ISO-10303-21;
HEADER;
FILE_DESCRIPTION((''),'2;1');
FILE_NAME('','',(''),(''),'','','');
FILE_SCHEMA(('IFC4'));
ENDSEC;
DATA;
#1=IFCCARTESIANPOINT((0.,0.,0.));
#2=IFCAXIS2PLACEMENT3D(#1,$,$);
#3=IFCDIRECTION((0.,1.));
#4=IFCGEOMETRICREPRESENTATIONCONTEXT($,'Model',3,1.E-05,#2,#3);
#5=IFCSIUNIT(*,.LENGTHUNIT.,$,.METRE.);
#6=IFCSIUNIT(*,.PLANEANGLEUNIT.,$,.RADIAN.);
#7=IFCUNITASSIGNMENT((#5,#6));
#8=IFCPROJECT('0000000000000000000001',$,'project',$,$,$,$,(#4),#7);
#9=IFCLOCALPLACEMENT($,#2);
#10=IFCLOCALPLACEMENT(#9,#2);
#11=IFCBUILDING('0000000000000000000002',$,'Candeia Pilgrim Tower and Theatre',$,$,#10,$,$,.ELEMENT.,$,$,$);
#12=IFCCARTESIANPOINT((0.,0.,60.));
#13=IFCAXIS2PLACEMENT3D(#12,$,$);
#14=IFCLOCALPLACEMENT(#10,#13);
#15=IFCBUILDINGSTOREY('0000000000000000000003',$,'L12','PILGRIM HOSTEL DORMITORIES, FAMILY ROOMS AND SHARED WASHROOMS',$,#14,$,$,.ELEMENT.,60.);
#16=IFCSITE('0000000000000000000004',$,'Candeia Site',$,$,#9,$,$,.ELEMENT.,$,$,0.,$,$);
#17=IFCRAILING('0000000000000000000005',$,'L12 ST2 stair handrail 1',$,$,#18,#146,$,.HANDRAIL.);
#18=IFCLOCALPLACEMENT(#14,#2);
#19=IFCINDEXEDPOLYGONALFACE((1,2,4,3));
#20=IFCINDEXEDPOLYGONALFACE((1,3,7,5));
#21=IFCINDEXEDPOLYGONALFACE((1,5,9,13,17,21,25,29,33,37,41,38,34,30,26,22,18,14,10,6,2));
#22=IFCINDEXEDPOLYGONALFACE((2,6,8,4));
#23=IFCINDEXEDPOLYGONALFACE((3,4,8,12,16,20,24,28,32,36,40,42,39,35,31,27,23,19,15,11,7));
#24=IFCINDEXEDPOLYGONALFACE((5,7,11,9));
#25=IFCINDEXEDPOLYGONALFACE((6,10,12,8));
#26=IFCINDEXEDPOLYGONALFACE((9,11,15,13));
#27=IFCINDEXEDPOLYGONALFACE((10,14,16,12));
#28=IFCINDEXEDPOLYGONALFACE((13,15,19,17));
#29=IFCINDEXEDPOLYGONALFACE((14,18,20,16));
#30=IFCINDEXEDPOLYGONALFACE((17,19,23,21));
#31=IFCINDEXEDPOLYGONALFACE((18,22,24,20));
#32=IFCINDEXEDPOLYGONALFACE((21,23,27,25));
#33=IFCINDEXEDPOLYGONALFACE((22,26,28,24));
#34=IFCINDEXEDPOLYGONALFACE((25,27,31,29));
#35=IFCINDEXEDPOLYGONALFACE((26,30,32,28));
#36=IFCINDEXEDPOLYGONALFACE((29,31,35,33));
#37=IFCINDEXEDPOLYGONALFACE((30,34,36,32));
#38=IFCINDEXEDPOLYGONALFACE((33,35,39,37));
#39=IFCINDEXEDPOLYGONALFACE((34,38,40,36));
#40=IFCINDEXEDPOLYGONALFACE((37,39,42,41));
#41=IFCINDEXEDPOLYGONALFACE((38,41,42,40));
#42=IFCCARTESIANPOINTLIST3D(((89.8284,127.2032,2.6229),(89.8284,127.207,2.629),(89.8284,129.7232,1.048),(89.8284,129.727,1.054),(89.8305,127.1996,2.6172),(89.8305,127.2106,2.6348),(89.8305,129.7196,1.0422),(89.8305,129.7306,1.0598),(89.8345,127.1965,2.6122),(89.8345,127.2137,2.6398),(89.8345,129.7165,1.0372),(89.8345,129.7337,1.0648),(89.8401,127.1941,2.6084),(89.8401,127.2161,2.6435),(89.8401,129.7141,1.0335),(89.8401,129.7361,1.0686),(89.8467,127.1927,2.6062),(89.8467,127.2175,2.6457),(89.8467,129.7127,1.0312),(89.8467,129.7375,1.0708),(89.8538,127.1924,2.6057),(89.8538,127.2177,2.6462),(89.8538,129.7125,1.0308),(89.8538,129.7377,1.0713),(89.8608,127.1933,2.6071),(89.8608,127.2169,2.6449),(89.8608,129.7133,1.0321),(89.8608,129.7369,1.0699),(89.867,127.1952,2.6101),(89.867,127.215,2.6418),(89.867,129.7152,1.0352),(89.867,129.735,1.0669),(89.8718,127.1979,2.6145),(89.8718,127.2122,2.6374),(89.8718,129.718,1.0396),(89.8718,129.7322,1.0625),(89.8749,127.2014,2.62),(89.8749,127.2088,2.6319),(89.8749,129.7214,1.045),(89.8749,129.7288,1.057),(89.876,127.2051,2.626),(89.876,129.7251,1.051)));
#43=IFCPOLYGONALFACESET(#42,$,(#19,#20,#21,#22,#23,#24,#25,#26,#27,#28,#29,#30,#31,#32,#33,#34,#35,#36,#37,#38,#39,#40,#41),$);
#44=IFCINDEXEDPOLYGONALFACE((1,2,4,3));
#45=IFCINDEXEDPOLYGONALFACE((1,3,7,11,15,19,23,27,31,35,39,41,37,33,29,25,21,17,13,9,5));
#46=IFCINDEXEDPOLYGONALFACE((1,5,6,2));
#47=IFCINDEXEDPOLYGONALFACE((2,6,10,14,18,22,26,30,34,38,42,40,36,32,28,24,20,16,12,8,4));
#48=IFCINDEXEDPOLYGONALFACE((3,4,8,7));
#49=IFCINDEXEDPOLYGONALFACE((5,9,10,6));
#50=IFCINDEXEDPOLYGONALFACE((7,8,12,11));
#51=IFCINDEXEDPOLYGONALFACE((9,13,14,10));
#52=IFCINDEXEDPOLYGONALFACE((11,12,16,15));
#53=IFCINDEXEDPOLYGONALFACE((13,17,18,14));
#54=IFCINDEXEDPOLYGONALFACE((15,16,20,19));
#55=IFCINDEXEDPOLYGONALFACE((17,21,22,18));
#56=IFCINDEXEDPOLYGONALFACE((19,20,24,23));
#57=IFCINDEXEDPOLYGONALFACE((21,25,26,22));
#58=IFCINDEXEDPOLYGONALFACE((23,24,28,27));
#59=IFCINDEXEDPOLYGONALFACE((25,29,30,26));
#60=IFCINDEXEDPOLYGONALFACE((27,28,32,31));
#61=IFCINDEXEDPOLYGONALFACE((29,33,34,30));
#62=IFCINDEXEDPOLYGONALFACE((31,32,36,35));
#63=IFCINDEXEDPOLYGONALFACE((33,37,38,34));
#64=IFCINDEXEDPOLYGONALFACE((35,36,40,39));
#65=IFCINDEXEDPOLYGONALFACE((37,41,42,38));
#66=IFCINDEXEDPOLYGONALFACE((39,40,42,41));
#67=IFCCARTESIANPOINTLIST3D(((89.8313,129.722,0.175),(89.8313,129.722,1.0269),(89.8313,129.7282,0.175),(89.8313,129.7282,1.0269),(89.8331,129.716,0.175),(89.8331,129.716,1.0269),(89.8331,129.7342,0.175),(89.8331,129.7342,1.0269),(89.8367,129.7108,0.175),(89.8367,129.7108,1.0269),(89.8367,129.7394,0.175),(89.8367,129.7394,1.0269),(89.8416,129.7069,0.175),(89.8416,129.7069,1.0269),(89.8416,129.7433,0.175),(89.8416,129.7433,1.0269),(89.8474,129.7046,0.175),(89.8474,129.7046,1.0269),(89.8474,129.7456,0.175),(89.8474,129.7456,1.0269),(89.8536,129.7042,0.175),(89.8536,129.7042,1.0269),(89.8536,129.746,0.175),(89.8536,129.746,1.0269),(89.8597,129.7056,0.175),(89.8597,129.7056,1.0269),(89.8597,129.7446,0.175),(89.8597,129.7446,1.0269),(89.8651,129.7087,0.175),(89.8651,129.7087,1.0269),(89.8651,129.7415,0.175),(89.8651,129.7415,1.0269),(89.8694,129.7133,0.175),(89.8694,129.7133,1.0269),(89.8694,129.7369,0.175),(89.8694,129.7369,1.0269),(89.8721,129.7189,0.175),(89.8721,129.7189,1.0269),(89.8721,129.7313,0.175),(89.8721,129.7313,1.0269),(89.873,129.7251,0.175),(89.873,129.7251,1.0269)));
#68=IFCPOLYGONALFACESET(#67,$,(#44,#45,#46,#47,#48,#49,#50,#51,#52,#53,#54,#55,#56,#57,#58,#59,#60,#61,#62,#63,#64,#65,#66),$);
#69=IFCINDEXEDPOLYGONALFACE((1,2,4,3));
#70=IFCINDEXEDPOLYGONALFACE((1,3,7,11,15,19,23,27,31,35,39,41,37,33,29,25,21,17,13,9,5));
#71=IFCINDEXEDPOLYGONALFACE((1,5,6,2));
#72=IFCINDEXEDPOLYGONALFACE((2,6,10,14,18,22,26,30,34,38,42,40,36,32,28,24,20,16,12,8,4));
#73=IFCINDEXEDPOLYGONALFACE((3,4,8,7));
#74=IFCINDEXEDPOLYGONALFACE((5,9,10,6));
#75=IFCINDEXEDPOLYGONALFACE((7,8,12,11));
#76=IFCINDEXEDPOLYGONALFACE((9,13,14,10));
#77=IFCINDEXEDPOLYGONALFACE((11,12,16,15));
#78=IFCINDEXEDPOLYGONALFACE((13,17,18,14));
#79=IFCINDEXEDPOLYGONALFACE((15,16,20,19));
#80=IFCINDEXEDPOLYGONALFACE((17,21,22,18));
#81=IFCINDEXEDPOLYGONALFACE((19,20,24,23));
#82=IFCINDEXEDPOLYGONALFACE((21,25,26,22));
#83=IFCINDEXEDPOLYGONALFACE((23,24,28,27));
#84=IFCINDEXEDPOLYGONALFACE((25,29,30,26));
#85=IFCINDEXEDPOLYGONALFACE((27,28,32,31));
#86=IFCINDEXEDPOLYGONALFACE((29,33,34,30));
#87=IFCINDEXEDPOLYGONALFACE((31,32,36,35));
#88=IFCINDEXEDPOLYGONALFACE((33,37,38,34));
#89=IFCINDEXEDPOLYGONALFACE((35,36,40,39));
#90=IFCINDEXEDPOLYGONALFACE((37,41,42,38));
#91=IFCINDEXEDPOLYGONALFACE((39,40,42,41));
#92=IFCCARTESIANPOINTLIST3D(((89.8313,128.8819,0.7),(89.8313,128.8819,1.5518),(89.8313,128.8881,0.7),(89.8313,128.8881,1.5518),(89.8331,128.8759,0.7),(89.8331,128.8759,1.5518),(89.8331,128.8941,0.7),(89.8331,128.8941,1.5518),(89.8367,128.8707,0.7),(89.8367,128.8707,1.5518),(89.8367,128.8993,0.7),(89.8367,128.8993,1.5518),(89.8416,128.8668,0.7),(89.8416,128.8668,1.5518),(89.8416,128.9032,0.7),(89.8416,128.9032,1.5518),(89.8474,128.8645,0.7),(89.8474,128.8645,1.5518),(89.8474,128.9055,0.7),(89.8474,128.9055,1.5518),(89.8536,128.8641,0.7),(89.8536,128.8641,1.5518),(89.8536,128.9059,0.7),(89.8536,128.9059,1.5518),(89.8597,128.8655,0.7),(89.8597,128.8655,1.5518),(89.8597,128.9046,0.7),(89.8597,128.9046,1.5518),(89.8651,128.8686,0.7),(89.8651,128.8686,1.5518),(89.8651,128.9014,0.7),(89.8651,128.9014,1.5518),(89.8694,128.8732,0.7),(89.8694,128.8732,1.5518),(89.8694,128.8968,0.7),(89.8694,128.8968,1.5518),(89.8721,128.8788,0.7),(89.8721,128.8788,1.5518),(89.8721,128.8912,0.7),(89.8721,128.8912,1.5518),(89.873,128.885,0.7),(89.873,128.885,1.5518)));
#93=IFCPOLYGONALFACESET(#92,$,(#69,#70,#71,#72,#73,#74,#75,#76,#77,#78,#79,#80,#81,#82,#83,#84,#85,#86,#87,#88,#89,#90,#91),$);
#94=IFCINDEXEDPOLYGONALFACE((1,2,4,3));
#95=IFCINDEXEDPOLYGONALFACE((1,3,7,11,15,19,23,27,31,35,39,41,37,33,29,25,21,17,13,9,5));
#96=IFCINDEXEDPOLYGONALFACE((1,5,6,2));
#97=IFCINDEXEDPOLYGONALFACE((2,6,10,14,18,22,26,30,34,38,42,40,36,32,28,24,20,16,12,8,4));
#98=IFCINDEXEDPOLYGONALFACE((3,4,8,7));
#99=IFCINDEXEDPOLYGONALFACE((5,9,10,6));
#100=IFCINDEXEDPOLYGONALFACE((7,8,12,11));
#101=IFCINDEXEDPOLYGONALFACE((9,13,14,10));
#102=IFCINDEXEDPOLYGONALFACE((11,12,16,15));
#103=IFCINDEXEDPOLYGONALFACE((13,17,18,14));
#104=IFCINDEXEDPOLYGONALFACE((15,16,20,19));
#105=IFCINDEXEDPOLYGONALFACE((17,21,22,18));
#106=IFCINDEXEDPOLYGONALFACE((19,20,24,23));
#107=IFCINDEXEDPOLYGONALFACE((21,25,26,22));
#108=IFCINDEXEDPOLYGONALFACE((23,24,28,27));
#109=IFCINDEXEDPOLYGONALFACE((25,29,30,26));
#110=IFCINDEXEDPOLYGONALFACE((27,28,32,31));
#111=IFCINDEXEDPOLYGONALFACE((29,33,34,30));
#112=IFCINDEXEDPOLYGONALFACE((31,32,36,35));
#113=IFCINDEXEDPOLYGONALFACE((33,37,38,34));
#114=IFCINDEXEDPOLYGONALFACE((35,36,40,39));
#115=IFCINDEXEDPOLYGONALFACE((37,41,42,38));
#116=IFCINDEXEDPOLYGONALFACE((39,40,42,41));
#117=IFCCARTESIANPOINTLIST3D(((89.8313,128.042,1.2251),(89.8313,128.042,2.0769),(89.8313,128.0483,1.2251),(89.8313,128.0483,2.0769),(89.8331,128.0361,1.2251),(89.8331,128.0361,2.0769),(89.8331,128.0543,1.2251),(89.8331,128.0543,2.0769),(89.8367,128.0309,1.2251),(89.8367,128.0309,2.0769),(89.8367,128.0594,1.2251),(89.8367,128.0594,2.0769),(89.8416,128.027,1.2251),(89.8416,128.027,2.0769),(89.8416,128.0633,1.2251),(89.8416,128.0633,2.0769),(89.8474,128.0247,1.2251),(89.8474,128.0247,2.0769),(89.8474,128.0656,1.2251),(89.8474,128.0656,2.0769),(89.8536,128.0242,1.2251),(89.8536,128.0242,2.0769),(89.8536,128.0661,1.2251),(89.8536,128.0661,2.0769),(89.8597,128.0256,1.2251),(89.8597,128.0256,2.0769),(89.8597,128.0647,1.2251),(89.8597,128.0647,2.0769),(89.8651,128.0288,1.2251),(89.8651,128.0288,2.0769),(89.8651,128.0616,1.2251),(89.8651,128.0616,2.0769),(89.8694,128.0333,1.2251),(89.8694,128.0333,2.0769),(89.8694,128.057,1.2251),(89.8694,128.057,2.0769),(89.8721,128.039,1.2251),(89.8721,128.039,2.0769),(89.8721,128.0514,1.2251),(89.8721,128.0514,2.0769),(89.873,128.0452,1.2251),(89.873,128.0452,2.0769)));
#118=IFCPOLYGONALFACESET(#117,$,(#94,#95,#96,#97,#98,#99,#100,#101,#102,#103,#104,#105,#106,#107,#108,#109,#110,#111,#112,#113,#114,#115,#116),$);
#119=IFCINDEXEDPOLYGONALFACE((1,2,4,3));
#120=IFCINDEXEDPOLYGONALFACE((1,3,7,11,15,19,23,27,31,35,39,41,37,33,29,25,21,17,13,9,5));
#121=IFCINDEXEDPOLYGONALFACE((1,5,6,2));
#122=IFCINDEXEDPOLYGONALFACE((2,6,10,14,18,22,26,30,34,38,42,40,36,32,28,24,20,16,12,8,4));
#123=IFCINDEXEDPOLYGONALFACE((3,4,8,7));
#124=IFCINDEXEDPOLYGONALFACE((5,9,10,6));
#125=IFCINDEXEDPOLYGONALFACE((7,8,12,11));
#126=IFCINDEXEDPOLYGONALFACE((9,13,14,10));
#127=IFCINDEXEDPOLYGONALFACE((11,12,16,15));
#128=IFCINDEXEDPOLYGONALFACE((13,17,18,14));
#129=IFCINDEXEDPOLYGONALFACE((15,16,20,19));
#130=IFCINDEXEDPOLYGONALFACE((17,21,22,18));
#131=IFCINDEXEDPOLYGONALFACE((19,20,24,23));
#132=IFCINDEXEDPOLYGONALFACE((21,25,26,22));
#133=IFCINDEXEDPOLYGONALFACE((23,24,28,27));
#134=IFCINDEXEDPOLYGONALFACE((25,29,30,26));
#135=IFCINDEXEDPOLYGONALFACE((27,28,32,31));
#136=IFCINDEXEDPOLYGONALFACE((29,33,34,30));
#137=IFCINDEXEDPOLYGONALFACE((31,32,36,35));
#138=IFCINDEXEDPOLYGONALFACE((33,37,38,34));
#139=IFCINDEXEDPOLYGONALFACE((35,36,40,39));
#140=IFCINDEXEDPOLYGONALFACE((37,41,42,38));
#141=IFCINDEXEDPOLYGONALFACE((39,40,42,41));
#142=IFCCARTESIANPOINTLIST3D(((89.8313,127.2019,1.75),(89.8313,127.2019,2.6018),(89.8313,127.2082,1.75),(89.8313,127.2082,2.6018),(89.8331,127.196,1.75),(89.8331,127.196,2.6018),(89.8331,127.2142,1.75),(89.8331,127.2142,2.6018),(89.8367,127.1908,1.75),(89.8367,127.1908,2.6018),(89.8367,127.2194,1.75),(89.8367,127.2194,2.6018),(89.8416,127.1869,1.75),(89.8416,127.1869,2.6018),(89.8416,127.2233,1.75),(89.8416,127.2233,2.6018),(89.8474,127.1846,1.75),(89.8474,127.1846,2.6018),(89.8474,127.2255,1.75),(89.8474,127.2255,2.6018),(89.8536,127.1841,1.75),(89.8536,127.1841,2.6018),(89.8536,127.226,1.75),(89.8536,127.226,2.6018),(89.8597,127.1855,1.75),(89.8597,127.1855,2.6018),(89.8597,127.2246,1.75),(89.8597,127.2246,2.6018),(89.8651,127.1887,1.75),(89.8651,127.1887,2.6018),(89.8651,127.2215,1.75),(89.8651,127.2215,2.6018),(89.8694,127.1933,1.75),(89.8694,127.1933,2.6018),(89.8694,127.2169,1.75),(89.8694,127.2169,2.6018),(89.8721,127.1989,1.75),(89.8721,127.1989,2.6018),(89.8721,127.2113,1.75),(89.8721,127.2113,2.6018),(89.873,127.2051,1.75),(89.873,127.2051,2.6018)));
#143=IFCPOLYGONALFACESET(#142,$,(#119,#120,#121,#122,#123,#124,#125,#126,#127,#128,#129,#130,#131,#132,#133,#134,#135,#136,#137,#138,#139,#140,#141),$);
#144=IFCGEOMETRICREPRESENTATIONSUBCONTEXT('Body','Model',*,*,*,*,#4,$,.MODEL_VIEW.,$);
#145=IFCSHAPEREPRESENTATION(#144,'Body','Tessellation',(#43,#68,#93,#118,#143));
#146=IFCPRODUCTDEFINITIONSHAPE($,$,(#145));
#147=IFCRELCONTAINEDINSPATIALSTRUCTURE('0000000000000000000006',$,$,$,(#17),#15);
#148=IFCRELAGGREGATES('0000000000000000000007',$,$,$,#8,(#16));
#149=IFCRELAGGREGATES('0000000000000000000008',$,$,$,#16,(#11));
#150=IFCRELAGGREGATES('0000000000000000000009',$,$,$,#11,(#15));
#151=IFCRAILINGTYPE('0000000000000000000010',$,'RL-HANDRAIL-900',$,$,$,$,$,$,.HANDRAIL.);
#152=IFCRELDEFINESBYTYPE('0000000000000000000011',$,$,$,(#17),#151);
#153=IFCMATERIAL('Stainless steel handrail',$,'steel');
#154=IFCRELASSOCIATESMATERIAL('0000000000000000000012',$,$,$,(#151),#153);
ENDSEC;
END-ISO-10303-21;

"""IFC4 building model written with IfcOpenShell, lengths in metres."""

from ifc_helpers import new_model, si_unit, direction, frame, origin, origin_2d, place, context, subcontext, project, spatial, circle, extrude, material, type_object, element, save


model = new_model("IFC4")

# Units and contexts
model_context = context("Model", 3, precision=1e-05, world=origin(), true_north=direction((0.0, 1.0)))
body_context = subcontext(model_context, "Body", "Model", "MODEL_VIEW")
ifc_project = project(units=[si_unit("LENGTHUNIT", "METRE"), si_unit("PLANEANGLEUNIT", "RADIAN")], contexts=[model_context])

# Site, building, storey
site_placement = place(None, origin())
site = spatial("IfcSite", under=ifc_project, at=site_placement, Name="Candeia Site", CompositionType="ELEMENT", RefElevation=0.0)
building_placement = place(site_placement, origin())
building = spatial("IfcBuilding", under=site, at=building_placement, Name="Candeia Pilgrim Tower and Theatre", CompositionType="ELEMENT")
storey_placement = place(building_placement, frame((0.0, 0.0, 60.0)))
storey = spatial("IfcBuildingStorey", under=building, at=storey_placement, Name="L12", Description="PILGRIM HOSTEL DORMITORIES, FAMILY ROOMS AND SHARED WASHROOMS", CompositionType="ELEMENT", Elevation=60.0)

# Railing
ifc_material_1 = material(Name="Stainless steel handrail", Category="steel")
railing_type_1 = type_object("IfcRailingType", Name="RL-HANDRAIL-900", PredefinedType="HANDRAIL", material=ifc_material_1)
railing_1_placement = place(storey_placement, frame((89.8521, 129.7251, 0.175)))
element("IfcRailing", 1, at=railing_1_placement, inside=storey, type_object=railing_type_1, Name="L12 ST2 stair handrail 1", PredefinedType="HANDRAIL", context=body_context, shape_type="SweptSolid", body=[
    extrude(circle(Radius=0.0239, at=origin_2d()), frame((0.0, 0.0, 0.876), z_axis=(0.0, -0.848008, 0.529984), x_axis=(1.0, 0.0, 0.0)), (0.0, 0.0, 1.0), 2.9717),
    extrude(circle(Radius=0.021, at=origin_2d()), origin(), (0.0, 0.0, 1.0), 0.8518),
    extrude(circle(Radius=0.021, at=origin_2d()), frame((0.0, -0.8401, 0.5249)), (0.0, 0.0, 1.0), 0.8518),
    extrude(circle(Radius=0.021, at=origin_2d()), frame((0.0, -1.6799, 1.05)), (0.0, 0.0, 1.0), 0.8518),
    extrude(circle(Radius=0.021, at=origin_2d()), frame((0.0, -2.52, 1.575)), (0.0, 0.0, 1.0), 0.8518),
])

save(model, "model.ifc")
